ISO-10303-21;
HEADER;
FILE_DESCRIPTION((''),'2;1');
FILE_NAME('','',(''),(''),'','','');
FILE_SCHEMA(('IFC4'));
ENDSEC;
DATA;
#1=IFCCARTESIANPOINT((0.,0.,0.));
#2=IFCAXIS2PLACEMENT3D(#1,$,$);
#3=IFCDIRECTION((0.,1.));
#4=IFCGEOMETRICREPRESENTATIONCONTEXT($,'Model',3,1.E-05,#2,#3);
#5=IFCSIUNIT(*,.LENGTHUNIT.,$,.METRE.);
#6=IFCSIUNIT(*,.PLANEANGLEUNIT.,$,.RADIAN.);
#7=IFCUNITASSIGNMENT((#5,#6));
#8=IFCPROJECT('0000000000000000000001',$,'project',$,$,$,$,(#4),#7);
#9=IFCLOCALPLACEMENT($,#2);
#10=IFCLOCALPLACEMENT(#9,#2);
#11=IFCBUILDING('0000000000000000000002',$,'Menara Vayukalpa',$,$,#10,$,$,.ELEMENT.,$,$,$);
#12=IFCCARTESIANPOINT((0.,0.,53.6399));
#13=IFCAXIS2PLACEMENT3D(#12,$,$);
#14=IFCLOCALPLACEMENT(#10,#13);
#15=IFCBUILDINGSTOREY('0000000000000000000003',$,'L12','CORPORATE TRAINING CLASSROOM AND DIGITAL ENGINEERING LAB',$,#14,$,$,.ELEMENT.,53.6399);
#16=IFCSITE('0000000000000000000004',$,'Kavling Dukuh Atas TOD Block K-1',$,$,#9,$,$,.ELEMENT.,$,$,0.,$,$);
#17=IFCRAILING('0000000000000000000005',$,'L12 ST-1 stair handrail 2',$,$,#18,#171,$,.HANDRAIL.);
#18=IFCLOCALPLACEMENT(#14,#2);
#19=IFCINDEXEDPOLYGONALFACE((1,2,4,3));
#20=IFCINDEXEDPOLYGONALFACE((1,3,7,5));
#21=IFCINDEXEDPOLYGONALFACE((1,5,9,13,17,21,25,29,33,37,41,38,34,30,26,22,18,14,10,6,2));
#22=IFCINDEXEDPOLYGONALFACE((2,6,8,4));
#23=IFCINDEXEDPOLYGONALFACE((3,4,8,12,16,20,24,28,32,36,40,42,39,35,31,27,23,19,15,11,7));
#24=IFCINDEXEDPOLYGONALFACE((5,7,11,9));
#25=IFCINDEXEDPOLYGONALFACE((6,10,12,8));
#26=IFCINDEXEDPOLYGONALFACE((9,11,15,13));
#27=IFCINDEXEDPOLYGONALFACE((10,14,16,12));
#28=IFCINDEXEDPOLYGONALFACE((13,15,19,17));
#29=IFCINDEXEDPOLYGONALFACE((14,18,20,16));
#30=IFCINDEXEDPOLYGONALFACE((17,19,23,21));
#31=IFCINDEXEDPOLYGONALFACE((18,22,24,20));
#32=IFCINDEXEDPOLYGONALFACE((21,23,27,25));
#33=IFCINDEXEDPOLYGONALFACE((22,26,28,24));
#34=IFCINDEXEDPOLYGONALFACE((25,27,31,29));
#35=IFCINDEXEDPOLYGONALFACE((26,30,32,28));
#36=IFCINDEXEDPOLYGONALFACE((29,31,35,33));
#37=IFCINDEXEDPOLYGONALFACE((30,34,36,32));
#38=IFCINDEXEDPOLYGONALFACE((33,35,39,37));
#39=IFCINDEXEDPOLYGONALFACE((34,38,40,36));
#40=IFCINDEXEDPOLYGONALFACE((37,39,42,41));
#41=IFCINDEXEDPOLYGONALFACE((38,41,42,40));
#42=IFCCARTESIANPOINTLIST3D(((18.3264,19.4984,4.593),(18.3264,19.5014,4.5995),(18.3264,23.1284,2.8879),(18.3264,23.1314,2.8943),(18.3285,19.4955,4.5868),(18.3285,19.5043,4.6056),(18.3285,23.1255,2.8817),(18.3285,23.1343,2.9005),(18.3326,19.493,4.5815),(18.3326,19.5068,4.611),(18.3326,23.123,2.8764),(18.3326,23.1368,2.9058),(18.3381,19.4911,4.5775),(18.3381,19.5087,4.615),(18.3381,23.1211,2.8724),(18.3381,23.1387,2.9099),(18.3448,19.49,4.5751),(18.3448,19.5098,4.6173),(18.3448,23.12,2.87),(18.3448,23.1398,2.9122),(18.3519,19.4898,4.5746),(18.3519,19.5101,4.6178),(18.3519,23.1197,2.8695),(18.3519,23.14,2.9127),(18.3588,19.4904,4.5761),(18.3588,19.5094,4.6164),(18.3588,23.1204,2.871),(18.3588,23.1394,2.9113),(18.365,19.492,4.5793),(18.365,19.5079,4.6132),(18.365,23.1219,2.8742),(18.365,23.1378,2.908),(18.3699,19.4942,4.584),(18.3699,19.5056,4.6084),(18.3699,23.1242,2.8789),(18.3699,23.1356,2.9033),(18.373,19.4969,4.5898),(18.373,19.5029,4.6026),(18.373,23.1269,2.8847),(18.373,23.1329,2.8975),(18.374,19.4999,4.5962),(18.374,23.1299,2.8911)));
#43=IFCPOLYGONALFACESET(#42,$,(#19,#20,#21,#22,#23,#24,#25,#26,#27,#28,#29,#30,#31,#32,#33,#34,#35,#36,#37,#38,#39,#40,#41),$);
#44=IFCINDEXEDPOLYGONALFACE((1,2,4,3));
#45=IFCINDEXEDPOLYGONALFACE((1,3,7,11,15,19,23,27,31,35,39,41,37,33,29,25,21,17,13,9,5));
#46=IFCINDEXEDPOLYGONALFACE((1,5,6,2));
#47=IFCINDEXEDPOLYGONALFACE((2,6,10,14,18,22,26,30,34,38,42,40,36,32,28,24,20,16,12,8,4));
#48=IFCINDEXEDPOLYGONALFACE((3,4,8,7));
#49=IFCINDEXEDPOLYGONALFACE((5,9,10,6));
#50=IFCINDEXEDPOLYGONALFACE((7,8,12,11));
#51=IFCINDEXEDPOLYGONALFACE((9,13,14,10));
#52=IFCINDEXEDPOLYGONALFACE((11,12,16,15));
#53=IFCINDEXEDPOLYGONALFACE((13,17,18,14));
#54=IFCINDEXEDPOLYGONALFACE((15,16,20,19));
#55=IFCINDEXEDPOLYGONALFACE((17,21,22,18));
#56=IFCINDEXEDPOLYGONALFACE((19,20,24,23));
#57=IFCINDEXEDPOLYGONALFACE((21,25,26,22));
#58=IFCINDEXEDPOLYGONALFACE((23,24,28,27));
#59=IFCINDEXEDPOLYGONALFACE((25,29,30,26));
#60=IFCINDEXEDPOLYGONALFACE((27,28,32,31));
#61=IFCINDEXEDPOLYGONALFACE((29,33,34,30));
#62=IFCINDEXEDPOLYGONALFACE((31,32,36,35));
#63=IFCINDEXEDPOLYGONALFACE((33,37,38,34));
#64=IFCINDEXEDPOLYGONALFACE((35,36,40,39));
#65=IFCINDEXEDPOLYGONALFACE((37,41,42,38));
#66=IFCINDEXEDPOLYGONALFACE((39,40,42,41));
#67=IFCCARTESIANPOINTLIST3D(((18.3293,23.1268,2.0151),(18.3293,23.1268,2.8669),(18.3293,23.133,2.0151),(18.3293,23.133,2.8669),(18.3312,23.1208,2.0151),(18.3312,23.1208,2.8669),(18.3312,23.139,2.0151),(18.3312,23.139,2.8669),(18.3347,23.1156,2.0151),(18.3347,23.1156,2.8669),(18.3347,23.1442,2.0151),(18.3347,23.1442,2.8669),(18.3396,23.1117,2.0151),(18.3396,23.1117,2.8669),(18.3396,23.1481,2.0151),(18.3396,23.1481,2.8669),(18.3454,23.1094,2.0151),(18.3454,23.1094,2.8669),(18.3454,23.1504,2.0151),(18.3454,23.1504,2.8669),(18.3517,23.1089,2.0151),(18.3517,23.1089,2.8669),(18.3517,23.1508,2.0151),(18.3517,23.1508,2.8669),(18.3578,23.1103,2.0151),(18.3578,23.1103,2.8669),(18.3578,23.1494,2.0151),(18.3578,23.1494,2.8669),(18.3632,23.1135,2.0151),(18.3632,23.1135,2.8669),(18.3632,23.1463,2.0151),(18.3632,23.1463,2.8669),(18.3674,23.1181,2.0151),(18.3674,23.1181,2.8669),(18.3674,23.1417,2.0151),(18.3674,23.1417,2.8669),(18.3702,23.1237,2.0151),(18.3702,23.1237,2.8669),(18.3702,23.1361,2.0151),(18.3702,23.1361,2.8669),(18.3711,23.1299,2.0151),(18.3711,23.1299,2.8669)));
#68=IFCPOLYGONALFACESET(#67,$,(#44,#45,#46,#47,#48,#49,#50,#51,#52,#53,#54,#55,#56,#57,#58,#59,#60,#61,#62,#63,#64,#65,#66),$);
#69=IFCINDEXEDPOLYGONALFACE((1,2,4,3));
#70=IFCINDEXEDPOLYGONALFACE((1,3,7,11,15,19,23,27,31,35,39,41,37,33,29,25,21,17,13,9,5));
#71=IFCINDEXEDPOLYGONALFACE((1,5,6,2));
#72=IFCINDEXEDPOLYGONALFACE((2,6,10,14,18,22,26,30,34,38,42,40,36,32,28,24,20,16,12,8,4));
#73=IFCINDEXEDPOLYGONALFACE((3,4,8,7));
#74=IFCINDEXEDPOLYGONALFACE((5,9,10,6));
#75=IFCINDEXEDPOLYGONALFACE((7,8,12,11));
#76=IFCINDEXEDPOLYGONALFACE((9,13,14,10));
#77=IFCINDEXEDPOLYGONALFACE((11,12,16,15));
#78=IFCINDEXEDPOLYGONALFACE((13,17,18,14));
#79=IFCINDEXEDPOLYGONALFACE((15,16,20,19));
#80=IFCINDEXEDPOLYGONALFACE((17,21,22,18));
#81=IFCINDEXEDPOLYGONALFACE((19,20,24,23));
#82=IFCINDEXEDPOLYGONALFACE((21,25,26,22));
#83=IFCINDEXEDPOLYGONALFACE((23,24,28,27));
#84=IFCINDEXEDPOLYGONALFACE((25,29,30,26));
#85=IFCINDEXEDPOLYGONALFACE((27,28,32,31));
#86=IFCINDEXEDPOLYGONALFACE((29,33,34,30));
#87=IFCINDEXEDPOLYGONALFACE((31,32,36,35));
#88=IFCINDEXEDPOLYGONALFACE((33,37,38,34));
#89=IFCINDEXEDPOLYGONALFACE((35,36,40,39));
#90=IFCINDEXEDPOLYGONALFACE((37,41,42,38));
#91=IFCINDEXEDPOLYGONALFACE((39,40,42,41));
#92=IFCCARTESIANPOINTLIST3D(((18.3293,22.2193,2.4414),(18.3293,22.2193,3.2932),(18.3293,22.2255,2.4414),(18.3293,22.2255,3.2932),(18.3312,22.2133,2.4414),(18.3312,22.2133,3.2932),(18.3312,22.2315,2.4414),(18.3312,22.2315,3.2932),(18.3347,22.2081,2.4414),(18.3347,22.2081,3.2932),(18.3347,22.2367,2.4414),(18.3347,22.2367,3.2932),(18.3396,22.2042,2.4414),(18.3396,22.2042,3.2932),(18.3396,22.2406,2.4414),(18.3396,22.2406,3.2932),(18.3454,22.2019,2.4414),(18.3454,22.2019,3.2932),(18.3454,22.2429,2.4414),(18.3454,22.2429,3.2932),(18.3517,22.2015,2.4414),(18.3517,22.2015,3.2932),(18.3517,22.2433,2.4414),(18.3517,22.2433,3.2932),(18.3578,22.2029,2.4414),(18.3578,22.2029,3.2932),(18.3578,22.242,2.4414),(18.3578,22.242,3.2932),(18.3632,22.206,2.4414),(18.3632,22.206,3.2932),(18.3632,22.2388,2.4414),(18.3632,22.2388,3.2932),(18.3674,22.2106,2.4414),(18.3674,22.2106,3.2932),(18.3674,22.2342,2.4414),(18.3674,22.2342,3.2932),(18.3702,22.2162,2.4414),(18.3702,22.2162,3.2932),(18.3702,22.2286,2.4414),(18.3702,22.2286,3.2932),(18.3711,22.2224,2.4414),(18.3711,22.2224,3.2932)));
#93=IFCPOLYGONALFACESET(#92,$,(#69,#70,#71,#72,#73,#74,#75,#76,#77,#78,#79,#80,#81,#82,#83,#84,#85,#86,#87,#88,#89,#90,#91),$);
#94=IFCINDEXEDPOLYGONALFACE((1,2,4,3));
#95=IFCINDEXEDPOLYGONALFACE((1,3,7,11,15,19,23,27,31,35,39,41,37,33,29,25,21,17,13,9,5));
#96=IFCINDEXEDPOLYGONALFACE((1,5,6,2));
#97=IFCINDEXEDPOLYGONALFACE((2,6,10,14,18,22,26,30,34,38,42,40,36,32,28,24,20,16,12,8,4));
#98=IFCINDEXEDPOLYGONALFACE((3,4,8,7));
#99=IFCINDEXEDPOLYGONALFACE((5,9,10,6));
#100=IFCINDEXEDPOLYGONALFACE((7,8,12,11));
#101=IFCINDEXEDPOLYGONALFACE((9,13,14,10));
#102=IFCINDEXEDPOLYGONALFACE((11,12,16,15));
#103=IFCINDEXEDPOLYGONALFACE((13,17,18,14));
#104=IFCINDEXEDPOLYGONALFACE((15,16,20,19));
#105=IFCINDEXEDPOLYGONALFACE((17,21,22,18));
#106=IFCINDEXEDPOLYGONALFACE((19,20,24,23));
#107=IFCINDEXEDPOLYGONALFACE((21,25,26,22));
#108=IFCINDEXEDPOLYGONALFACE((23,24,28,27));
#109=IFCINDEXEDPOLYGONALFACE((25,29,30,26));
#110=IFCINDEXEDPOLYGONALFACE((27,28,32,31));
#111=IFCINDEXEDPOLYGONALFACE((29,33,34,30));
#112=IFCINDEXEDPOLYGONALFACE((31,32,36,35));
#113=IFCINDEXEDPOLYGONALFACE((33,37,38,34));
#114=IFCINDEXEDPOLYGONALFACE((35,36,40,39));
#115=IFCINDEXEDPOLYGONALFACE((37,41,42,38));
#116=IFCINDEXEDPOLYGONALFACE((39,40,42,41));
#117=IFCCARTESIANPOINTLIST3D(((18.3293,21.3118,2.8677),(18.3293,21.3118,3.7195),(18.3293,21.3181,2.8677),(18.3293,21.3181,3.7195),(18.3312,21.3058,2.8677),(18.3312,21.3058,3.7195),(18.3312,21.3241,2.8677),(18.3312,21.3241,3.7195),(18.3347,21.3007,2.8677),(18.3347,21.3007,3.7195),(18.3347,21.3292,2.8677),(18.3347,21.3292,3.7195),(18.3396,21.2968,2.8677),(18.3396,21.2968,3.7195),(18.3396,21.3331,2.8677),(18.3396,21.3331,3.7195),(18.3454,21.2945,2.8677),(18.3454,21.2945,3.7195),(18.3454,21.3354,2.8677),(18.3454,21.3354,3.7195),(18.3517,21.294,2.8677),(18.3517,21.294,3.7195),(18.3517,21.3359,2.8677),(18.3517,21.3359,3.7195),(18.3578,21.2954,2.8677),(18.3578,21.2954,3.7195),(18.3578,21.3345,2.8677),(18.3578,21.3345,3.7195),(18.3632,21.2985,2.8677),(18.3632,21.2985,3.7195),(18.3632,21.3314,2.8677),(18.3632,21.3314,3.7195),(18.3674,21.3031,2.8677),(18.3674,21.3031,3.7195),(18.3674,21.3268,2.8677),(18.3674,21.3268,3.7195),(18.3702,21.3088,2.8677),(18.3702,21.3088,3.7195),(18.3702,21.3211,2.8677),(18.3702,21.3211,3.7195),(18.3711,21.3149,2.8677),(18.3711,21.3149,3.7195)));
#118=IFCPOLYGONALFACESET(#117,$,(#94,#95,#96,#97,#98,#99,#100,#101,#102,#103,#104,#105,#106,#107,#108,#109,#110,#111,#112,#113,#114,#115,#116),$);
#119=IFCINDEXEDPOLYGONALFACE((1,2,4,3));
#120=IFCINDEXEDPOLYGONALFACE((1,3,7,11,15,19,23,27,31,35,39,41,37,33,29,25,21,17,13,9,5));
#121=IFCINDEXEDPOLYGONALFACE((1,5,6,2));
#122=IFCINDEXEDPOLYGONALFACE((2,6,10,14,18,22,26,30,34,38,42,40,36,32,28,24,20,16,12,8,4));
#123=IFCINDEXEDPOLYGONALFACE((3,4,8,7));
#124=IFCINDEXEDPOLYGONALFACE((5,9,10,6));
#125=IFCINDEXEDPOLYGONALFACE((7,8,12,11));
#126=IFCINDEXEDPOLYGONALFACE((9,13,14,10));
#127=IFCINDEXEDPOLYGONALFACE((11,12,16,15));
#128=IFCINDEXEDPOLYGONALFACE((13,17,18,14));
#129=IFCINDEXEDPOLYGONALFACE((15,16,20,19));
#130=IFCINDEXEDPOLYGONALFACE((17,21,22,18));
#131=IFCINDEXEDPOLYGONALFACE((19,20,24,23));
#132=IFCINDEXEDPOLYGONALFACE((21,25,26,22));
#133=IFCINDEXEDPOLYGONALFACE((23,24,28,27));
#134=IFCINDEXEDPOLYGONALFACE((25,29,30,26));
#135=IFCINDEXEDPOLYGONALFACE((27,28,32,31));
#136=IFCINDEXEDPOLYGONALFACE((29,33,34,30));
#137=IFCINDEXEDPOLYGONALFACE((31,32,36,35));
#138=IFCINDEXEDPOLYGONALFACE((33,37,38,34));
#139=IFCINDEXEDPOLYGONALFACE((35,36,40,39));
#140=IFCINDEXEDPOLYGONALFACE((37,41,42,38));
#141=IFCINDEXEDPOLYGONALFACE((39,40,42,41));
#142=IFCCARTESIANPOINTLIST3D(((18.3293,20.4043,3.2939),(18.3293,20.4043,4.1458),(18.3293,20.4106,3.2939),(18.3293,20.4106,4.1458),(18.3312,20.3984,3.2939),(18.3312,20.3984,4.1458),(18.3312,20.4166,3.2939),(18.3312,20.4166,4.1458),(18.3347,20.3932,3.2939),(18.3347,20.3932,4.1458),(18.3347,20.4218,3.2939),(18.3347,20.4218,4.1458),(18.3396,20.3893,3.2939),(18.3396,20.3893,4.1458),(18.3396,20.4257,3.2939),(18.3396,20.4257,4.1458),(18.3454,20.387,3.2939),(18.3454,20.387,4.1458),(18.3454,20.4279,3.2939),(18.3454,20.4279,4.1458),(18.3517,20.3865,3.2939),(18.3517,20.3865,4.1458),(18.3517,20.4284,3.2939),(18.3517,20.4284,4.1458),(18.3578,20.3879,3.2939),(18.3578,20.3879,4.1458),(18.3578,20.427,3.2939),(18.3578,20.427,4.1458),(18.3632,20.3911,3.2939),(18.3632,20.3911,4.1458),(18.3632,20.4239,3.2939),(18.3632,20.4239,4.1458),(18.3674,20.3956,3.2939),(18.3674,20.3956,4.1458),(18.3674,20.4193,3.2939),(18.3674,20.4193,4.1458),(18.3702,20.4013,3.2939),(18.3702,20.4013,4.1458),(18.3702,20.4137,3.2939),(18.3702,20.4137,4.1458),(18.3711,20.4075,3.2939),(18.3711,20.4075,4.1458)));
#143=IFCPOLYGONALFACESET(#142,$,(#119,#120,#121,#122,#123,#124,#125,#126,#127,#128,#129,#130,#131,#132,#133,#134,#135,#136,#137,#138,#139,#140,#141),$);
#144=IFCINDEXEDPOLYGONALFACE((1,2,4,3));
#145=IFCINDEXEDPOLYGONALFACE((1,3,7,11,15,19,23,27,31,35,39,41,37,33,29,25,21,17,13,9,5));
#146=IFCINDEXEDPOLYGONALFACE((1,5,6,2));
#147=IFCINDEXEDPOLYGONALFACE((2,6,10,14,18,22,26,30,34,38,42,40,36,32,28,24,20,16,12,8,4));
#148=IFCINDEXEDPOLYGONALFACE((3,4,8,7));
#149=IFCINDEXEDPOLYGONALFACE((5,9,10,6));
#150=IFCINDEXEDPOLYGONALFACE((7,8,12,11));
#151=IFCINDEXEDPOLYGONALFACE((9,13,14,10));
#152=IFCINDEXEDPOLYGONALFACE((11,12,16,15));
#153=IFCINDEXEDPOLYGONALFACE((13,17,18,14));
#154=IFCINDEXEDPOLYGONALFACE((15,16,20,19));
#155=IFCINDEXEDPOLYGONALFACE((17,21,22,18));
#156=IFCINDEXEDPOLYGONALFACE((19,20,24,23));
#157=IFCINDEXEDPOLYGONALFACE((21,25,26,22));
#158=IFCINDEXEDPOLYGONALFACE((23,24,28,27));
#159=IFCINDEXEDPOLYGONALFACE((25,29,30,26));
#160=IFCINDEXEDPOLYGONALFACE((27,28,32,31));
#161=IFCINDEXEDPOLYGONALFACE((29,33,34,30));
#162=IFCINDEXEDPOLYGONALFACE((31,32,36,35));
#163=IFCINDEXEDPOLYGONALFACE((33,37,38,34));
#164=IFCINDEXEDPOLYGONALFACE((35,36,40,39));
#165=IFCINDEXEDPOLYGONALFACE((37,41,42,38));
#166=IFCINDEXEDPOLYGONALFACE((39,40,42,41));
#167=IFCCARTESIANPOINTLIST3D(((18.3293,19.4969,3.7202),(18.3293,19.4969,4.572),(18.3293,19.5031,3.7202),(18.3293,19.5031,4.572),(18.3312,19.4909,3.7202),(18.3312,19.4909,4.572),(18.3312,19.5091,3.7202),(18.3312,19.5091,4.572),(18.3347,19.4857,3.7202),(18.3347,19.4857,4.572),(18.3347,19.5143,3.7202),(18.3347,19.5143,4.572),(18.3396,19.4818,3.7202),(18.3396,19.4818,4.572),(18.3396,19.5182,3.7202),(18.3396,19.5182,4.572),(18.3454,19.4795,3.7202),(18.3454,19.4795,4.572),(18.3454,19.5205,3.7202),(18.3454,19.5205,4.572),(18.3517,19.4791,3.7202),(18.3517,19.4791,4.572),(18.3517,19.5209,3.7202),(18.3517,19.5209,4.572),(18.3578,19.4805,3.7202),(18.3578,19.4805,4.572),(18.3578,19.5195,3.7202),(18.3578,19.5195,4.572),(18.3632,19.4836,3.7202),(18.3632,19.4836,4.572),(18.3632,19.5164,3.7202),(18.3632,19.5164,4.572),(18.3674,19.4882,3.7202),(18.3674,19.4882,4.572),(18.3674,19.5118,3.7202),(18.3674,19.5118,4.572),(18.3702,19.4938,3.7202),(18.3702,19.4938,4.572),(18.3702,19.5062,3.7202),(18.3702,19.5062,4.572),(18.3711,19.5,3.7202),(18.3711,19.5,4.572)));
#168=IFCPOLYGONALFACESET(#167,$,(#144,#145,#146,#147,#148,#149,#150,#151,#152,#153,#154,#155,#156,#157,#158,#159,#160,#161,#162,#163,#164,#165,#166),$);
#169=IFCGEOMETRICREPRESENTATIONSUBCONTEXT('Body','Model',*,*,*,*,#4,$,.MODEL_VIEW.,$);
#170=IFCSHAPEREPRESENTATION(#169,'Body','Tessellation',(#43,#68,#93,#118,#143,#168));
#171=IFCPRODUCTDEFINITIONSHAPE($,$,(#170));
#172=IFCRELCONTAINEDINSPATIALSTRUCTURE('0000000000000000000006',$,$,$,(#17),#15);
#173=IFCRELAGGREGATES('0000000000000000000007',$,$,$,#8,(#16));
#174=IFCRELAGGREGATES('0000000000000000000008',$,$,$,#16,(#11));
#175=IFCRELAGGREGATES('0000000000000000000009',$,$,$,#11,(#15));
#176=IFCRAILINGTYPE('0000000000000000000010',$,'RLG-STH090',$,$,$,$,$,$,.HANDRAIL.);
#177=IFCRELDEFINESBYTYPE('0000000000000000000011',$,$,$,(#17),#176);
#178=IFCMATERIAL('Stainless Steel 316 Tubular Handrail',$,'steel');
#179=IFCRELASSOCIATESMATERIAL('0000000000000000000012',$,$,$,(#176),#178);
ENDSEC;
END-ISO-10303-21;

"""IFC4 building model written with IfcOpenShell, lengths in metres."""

from ifc_helpers import new_model, si_unit, direction, frame, origin, origin_2d, place, context, subcontext, project, spatial, circle, extrude, material, type_object, element, save


model = new_model("IFC4")

# Units and contexts
model_context = context("Model", 3, precision=1e-05, world=origin(), true_north=direction((0.0, 1.0)))
body_context = subcontext(model_context, "Body", "Model", "MODEL_VIEW")
ifc_project = project(units=[si_unit("LENGTHUNIT", "METRE"), si_unit("PLANEANGLEUNIT", "RADIAN")], contexts=[model_context])

# Site, building, storey
site_placement = place(None, origin())
site = spatial("IfcSite", under=ifc_project, at=site_placement, Name="Kavling Dukuh Atas TOD Block K-1", CompositionType="ELEMENT", RefElevation=0.0)
building_placement = place(site_placement, origin())
building = spatial("IfcBuilding", under=site, at=building_placement, Name="Menara Vayukalpa", CompositionType="ELEMENT")
storey_placement = place(building_placement, frame((0.0, 0.0, 53.6399)))
storey = spatial("IfcBuildingStorey", under=building, at=storey_placement, Name="L12", Description="CORPORATE TRAINING CLASSROOM AND DIGITAL ENGINEERING LAB", CompositionType="ELEMENT", Elevation=53.6399)

# Railing
ifc_material_1 = material(Name="Stainless Steel 316 Tubular Handrail", Category="steel")
railing_type_1 = type_object("IfcRailingType", Name="RLG-STH090", PredefinedType="HANDRAIL", material=ifc_material_1)
railing_1_placement = place(storey_placement, frame((18.3501, 23.1299, 2.0151)))
element("IfcRailing", 1, at=railing_1_placement, inside=storey, type_object=railing_type_1, Name="L12 ST-1 stair handrail 2", PredefinedType="HANDRAIL", context=body_context, shape_type="SweptSolid", body=[
    extrude(circle(Radius=0.0239, at=origin_2d()), frame((0.0, 0.0, 0.876), z_axis=(0.0, -0.905116, 0.425164), x_axis=(1.0, 0.0, 0.0)), (0.0, 0.0, 1.0), 4.0105),
    extrude(circle(Radius=0.021, at=origin_2d()), origin(), (0.0, 0.0, 1.0), 0.8518),
    extrude(circle(Radius=0.021, at=origin_2d()), frame((0.0, -0.9075, 0.4263)), (0.0, 0.0, 1.0), 0.8518),
    extrude(circle(Radius=0.021, at=origin_2d()), frame((0.0, -1.8149, 0.8525)), (0.0, 0.0, 1.0), 0.8518),
    extrude(circle(Radius=0.021, at=origin_2d()), frame((0.0, -2.7224, 1.2788)), (0.0, 0.0, 1.0), 0.8518),
    extrude(circle(Radius=0.021, at=origin_2d()), frame((0.0, -3.6299, 1.7051)), (0.0, 0.0, 1.0), 0.8518),
])

save(model, "model.ifc")
